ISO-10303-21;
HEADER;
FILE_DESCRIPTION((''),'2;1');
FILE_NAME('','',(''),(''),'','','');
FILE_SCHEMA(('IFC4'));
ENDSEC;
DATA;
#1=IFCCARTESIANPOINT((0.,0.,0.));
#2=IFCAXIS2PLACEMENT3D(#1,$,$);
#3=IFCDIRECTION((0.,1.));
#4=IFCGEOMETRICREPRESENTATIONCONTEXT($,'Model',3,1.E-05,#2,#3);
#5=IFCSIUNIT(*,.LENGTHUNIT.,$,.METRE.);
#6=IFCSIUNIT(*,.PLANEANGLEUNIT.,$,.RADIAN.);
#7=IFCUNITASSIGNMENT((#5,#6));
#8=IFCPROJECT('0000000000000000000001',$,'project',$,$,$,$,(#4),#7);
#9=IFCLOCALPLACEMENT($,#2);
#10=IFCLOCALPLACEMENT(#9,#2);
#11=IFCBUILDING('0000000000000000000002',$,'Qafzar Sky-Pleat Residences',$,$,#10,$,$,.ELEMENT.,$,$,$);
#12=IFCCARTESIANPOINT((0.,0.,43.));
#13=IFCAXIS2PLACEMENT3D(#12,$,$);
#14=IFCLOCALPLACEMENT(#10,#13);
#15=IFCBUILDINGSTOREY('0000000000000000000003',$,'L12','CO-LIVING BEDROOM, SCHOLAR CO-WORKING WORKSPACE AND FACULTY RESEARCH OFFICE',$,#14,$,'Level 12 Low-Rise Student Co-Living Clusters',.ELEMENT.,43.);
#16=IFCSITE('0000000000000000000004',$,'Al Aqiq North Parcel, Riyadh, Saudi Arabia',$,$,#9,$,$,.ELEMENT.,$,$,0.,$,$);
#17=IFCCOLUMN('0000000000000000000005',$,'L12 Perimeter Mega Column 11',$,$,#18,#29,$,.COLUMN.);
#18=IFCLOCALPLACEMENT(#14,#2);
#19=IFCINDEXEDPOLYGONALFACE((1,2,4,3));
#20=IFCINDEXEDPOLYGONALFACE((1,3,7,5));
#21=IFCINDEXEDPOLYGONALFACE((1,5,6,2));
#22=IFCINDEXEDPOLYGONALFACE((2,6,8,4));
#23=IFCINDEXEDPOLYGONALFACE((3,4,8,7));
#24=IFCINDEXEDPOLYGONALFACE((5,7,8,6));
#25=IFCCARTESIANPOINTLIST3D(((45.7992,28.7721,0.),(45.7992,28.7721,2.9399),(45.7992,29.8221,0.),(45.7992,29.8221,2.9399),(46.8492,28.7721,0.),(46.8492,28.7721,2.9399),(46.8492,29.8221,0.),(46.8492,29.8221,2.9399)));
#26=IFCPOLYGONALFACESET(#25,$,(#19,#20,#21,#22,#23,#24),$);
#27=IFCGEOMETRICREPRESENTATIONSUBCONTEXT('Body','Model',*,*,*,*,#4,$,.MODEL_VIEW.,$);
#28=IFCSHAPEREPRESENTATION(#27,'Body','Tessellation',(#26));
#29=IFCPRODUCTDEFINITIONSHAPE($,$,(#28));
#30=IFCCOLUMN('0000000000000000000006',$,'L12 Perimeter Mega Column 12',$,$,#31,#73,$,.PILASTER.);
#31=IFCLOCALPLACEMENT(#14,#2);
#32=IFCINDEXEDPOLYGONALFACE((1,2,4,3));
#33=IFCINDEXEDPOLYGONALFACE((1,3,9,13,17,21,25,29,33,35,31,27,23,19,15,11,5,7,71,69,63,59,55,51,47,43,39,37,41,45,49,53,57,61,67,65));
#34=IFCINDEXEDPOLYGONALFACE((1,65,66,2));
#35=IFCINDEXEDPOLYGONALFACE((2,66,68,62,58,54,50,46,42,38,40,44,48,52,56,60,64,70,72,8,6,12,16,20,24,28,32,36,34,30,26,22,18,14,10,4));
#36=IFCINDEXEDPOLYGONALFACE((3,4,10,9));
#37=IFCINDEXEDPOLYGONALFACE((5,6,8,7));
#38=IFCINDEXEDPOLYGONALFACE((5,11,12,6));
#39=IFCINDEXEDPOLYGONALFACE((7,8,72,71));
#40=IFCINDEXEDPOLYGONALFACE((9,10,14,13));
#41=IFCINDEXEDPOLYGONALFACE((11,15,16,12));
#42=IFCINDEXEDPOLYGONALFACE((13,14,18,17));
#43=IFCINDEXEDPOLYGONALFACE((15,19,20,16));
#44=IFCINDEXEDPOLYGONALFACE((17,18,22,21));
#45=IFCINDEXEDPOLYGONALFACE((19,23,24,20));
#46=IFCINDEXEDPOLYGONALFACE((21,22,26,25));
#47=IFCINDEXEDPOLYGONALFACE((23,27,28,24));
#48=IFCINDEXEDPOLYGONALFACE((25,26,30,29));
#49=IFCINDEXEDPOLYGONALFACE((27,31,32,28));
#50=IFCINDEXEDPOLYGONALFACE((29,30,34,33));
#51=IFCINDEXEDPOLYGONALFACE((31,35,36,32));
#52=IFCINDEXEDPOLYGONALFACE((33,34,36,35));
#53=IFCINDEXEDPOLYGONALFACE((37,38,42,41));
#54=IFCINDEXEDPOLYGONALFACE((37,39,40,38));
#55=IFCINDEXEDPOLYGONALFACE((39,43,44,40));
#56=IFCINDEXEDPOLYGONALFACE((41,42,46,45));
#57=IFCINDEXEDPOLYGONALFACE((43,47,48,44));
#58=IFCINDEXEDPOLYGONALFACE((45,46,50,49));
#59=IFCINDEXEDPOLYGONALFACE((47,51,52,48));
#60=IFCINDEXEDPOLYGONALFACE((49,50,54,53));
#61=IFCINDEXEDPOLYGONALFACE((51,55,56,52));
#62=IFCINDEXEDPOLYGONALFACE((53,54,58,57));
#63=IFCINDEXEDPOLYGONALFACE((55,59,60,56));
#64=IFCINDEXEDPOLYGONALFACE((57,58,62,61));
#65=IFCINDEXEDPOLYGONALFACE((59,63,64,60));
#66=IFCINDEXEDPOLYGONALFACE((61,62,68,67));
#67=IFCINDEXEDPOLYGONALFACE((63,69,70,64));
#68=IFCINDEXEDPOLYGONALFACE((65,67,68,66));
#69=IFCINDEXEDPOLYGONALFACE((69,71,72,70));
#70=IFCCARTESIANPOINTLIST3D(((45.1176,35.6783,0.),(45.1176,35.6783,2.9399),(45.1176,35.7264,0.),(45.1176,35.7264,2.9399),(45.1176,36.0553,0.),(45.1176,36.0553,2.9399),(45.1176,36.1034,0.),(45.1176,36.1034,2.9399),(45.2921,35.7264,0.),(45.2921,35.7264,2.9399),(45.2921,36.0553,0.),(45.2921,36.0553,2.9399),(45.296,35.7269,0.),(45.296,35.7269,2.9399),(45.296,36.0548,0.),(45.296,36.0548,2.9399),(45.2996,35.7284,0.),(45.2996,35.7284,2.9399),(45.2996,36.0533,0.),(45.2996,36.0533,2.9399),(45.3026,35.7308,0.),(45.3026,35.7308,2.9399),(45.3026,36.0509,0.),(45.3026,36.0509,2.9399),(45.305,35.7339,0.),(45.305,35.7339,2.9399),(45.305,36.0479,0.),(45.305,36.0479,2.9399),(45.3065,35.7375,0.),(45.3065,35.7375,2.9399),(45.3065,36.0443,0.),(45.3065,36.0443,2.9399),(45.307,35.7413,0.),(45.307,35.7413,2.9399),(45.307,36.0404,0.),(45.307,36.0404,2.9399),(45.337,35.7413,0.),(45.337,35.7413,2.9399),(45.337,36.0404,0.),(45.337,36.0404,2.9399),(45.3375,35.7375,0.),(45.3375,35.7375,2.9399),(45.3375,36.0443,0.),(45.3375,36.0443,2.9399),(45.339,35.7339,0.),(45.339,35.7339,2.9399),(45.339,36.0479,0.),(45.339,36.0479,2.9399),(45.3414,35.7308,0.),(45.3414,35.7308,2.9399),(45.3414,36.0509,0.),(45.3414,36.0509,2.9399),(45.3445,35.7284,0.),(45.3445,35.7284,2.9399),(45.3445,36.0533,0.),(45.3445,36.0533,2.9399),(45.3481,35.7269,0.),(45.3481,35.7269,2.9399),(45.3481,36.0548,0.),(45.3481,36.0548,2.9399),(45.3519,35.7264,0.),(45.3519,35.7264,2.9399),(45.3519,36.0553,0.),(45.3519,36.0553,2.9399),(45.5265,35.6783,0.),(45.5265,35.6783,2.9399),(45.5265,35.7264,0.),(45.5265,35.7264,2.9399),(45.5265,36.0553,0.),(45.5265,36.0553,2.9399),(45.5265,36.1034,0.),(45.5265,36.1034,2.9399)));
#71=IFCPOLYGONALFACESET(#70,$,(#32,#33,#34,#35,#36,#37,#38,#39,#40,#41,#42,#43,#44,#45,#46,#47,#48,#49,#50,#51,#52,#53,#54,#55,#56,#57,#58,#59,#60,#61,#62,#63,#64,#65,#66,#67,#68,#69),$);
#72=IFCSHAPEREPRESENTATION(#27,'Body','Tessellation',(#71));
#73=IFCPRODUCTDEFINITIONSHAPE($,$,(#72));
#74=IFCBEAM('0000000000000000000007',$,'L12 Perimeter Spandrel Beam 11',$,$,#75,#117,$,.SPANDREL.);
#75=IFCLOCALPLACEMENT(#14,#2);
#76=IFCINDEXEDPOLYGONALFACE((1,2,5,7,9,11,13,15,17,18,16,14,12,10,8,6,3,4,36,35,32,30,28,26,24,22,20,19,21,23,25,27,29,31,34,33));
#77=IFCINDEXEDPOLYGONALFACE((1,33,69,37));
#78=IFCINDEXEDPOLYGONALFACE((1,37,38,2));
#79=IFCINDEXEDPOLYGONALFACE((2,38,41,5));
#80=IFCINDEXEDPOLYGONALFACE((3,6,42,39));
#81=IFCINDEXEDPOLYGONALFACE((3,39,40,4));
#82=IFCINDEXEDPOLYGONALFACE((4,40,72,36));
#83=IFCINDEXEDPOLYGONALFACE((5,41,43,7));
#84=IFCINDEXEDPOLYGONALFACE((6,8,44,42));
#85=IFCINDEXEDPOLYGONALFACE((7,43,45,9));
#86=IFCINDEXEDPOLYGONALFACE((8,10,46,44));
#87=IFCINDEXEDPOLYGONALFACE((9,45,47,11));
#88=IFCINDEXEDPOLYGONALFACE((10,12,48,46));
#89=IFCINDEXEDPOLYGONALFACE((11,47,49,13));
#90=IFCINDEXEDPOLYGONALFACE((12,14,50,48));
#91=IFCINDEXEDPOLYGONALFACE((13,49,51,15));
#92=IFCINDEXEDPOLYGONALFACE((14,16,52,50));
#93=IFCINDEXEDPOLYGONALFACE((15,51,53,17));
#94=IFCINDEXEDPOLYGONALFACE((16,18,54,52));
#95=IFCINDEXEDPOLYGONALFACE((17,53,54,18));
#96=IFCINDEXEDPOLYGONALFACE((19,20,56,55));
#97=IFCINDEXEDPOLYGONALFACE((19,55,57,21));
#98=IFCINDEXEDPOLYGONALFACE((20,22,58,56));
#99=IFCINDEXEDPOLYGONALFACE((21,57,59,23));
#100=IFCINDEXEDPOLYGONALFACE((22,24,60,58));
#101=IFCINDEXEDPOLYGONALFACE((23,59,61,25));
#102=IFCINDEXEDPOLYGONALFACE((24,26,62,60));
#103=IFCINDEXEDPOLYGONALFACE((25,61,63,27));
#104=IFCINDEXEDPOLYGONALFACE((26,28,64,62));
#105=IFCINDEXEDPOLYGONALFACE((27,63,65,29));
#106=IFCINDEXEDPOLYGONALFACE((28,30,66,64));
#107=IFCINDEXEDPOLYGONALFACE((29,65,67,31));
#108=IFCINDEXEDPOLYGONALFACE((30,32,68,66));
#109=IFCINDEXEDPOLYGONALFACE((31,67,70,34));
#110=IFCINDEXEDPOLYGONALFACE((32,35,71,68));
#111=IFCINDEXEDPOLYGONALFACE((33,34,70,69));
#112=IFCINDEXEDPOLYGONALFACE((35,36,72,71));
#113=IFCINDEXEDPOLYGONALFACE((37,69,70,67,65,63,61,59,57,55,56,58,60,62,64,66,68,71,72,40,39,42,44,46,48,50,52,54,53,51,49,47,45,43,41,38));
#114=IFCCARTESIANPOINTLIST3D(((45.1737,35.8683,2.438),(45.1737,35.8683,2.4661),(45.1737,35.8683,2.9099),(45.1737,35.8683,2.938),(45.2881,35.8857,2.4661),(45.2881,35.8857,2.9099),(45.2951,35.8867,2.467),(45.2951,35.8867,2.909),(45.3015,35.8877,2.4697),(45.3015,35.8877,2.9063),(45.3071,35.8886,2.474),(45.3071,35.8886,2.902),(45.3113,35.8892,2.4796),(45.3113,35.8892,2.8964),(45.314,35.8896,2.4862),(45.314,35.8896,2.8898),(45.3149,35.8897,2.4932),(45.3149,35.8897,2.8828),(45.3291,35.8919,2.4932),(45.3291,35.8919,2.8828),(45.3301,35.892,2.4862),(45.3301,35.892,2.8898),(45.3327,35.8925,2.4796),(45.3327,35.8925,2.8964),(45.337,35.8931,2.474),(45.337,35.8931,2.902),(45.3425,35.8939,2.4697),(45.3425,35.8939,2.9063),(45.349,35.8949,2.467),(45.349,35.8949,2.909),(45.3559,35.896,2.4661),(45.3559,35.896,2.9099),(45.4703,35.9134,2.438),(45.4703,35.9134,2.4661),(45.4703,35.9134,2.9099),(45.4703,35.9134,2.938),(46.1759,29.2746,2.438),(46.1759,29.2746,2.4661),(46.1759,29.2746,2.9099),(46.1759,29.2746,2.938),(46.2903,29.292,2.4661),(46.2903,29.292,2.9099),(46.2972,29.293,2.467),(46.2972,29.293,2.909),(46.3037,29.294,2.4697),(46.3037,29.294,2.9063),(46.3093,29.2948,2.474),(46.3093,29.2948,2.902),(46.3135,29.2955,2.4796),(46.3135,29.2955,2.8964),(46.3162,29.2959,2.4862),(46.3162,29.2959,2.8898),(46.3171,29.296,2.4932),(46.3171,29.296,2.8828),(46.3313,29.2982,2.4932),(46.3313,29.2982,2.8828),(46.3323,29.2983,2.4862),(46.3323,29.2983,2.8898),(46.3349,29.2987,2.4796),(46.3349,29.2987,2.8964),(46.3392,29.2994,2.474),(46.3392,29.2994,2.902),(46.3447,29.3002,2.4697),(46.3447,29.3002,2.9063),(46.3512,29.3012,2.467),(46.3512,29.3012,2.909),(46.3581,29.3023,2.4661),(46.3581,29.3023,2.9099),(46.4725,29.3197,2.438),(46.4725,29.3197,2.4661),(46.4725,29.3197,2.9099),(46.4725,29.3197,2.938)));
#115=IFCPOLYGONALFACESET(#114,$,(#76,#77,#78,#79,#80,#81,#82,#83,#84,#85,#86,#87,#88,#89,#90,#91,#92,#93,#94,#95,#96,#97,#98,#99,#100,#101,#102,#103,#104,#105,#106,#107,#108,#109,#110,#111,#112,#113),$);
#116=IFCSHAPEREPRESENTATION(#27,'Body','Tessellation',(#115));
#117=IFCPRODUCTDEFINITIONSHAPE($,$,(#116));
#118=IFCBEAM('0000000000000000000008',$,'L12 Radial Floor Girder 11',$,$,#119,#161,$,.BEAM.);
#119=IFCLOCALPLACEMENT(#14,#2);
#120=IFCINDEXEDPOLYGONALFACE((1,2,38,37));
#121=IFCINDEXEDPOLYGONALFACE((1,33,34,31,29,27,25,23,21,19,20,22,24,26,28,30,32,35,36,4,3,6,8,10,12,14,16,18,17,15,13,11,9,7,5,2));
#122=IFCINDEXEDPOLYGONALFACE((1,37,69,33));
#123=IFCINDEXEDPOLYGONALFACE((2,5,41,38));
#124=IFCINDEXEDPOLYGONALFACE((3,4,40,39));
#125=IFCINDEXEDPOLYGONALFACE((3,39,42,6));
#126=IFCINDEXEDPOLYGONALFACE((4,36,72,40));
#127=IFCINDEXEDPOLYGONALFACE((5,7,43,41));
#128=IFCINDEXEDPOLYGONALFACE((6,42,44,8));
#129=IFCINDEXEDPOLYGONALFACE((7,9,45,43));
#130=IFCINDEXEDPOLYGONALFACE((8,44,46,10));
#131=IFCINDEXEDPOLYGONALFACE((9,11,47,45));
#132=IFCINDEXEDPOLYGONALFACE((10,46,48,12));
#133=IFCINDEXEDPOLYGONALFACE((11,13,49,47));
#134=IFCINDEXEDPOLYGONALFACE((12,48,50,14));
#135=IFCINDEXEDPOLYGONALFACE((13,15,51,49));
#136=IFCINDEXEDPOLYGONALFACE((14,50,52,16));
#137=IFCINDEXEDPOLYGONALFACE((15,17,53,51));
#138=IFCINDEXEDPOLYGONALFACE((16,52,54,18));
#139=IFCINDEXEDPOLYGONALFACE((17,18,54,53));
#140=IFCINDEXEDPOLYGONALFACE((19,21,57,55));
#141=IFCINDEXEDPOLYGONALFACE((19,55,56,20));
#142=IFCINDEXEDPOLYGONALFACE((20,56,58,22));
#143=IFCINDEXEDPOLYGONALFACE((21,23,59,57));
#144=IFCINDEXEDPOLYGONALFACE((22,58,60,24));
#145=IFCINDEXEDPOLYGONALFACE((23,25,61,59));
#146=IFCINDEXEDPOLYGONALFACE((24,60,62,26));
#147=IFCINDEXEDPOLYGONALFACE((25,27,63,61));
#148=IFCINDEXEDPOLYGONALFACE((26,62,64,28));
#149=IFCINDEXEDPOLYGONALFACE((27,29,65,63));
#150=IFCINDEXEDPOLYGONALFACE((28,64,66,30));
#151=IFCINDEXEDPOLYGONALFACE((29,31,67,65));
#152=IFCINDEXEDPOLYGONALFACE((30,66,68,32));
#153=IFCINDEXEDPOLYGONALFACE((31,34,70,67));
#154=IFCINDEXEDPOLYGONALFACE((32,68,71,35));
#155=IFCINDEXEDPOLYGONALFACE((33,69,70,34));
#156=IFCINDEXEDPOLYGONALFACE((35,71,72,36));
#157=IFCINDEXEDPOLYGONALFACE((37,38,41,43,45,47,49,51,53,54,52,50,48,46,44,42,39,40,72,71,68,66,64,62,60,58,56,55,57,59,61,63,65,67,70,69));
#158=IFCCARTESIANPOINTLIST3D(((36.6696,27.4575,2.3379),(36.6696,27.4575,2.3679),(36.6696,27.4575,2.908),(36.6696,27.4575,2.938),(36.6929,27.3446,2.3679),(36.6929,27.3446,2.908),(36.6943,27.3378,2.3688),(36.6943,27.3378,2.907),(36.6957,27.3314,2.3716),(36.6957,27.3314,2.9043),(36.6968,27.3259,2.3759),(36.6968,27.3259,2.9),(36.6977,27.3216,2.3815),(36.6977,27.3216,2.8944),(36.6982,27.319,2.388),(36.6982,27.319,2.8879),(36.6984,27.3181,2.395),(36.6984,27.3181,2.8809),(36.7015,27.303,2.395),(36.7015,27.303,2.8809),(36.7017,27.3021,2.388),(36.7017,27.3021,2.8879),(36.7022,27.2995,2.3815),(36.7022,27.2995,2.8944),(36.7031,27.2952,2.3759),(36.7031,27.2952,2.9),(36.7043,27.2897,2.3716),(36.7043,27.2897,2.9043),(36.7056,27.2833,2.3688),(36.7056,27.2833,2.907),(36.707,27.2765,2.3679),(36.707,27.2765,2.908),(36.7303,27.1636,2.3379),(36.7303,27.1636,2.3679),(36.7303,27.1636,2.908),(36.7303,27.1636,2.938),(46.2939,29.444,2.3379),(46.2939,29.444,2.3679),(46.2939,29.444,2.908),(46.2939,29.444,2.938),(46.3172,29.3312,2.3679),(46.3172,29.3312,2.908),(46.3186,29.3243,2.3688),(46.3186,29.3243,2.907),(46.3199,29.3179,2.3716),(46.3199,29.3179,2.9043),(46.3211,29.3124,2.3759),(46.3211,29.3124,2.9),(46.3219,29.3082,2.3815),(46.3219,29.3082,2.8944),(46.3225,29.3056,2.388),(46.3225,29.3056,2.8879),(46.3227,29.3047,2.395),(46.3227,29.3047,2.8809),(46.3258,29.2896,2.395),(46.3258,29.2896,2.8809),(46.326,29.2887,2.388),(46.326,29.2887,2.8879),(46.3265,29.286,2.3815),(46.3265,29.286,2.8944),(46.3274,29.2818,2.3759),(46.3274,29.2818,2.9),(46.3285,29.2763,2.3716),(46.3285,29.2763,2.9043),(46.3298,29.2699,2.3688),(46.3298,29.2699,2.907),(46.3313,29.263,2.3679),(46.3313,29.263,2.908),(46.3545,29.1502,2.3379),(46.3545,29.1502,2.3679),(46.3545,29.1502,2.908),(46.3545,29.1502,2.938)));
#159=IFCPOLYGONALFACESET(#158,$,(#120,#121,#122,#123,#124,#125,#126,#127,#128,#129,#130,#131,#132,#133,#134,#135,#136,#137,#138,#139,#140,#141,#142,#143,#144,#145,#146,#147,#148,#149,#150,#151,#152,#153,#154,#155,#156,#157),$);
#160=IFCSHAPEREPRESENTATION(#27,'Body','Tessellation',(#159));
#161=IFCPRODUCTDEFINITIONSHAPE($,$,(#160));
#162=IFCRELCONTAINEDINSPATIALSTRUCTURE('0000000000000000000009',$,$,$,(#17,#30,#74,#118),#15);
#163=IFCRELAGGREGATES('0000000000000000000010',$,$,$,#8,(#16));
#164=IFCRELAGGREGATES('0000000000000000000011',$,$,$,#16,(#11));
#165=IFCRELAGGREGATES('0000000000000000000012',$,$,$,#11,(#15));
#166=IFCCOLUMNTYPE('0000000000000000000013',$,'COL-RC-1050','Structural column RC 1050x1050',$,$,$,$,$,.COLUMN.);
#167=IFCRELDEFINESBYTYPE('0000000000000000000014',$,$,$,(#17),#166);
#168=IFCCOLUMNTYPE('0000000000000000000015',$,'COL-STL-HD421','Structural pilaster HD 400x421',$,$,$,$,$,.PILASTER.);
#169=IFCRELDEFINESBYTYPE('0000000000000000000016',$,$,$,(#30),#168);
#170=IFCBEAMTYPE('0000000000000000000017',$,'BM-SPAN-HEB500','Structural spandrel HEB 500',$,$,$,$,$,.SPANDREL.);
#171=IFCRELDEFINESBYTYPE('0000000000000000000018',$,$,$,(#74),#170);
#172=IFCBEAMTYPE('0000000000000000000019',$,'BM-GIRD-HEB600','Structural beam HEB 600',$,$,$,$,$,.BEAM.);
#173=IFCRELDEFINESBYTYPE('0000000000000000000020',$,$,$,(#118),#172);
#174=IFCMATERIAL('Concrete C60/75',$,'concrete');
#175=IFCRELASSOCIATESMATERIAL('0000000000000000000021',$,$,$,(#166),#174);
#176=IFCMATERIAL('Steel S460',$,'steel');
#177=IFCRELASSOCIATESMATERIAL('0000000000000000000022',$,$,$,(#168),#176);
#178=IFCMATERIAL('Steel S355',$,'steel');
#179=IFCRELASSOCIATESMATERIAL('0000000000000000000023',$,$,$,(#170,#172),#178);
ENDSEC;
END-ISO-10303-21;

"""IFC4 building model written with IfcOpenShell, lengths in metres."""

from ifc_helpers import new_model, si_unit, direction, frame, origin, origin_2d, place, context, subcontext, project, spatial, rectangle, i_section, extrude, source, transform, mapped, material, material_profile, profile_set, type_object, element, save


model = new_model("IFC4")

# Units and contexts
model_context = context("Model", 3, precision=1e-05, world=origin(), true_north=direction((0.0, 1.0)))
body_context = subcontext(model_context, "Body", "Model", "MODEL_VIEW")
ifc_project = project(units=[si_unit("LENGTHUNIT", "METRE"), si_unit("PLANEANGLEUNIT", "RADIAN")], contexts=[model_context])

# Site, building, storey
site_placement = place(None, origin())
site = spatial("IfcSite", under=ifc_project, at=site_placement, Name="Al Aqiq North Parcel, Riyadh, Saudi Arabia", CompositionType="ELEMENT", RefElevation=0.0)
building_placement = place(site_placement, origin())
building = spatial("IfcBuilding", under=site, at=building_placement, Name="Qafzar Sky-Pleat Residences", CompositionType="ELEMENT")
storey_placement = place(building_placement, frame((0.0, 0.0, 43.0)))
storey = spatial("IfcBuildingStorey", under=building, at=storey_placement, Name="L12", Description="CO-LIVING BEDROOM, SCHOLAR CO-WORKING WORKSPACE AND FACULTY RESEARCH OFFICE", LongName="Level 12 Low-Rise Student Co-Living Clusters", CompositionType="ELEMENT", Elevation=43.0)

# Columns
ifc_material_1 = material(Name="Concrete C60/75", Category="concrete")
ifc_material_profile_1 = material_profile(ifc_material_1, rectangle(XDim=1.05, YDim=1.05, at=origin_2d()), Name="RC 1050x1050")
ifc_profile_set_1 = profile_set([ifc_material_profile_1], Name="Concrete C60/75")
column_type_1 = type_object("IfcColumnType", Name="COL-RC-1050", Description="Structural column RC 1050x1050", PredefinedType="COLUMN", material=ifc_profile_set_1)
shared_shape_1 = source(origin(), body_context, "Body", "SweptSolid", [
    extrude(rectangle(XDim=1.05, YDim=1.05, at=origin_2d()), origin(), (0.0, 0.0, 1.0), 2.9399),
])
column_1_placement = place(storey_placement, frame((46.3242, 29.2971, 0.0), z_axis=(0.0, 0.0, 1.0), x_axis=(1.0, 0.0, 0.0)))
element("IfcColumn", 1, at=column_1_placement, inside=storey, type_object=column_type_1, Name="L12 Perimeter Mega Column 11", PredefinedType="COLUMN", context=body_context, shape_type="MappedRepresentation", body=[
    mapped(shared_shape_1, transform((0.0, 0.0, 0.0), x_axis=(1.0, 0.0, 0.0), y_axis=(0.0, 1.0, 0.0), z_axis=(0.0, 0.0, 1.0), scale=1.0)),
])
ifc_material_2 = material(Name="Steel S460", Category="steel")
ifc_material_profile_2 = material_profile(ifc_material_2, i_section(OverallWidth=0.4089, OverallDepth=0.425, WebThickness=0.03, FlangeThickness=0.0481, FilletRadius=0.0149, at=origin_2d()), Name="HD 400x421")
ifc_profile_set_2 = profile_set([ifc_material_profile_2], Name="Steel S460")
column_type_2 = type_object("IfcColumnType", Name="COL-STL-HD421", Description="Structural pilaster HD 400x421", PredefinedType="PILASTER", material=ifc_profile_set_2)
shared_shape_2 = source(origin(), body_context, "Body", "SweptSolid", [
    extrude(i_section(OverallWidth=0.4089, OverallDepth=0.425, WebThickness=0.03, FlangeThickness=0.0481, FilletRadius=0.0149, at=origin_2d()), origin(), (0.0, 0.0, 1.0), 2.9399),
])
column_2_placement = place(storey_placement, frame((45.322, 35.8909, 0.0), z_axis=(0.0, 0.0, 1.0), x_axis=(1.0, 0.0, 0.0)))
element("IfcColumn", 2, at=column_2_placement, inside=storey, type_object=column_type_2, Name="L12 Perimeter Mega Column 12", PredefinedType="PILASTER", context=body_context, shape_type="MappedRepresentation", body=[
    mapped(shared_shape_2, transform((0.0, 0.0, 0.0), x_axis=(1.0, 0.0, 0.0), y_axis=(0.0, 1.0, 0.0), z_axis=(0.0, 0.0, 1.0), scale=1.0)),
])

# Beams
ifc_material_3 = material(Name="Steel S355", Category="steel")
ifc_material_profile_3 = material_profile(ifc_material_3, i_section(OverallWidth=0.3, OverallDepth=0.5, WebThickness=0.0144, FlangeThickness=0.0281, FilletRadius=0.0271, at=origin_2d()), Name="HEB 500")
ifc_profile_set_3 = profile_set([ifc_material_profile_3], Name="Steel S355")
beam_type_1 = type_object("IfcBeamType", Name="BM-SPAN-HEB500", Description="Structural spandrel HEB 500", PredefinedType="SPANDREL", material=ifc_profile_set_3)
shared_shape_3 = source(origin(), body_context, "Body", "SweptSolid", [
    extrude(i_section(OverallWidth=0.3, OverallDepth=0.5, WebThickness=0.0144, FlangeThickness=0.0281, FilletRadius=0.0271, at=origin_2d()), origin(), (0.0, 0.0, 1.0), 6.6694),
])
beam_1_placement = place(storey_placement, frame((46.3242, 29.2971, 2.688), z_axis=(-0.150266, 0.988646, 0.0), x_axis=(-0.988646, -0.150266, 0.0)))
element("IfcBeam", 3, at=beam_1_placement, inside=storey, type_object=beam_type_1, Name="L12 Perimeter Spandrel Beam 11", PredefinedType="SPANDREL", context=body_context, shape_type="MappedRepresentation", body=[
    mapped(shared_shape_3, transform((0.0, 0.0, 0.0), x_axis=(1.0, 0.0, 0.0), y_axis=(0.0, 1.0, 0.0), z_axis=(0.0, 0.0, 1.0), scale=1.0)),
])
ifc_material_profile_4 = material_profile(ifc_material_3, i_section(OverallWidth=0.3, OverallDepth=0.6001, WebThickness=0.0154, FlangeThickness=0.03, FilletRadius=0.0271, at=origin_2d()), Name="HEB 600")
ifc_profile_set_4 = profile_set([ifc_material_profile_4], Name="Steel S355")
beam_type_2 = type_object("IfcBeamType", Name="BM-GIRD-HEB600", Description="Structural beam HEB 600", PredefinedType="BEAM", material=ifc_profile_set_4)
shared_shape_4 = source(origin(), body_context, "Body", "SweptSolid", [
    extrude(i_section(OverallWidth=0.3, OverallDepth=0.6001, WebThickness=0.0154, FlangeThickness=0.03, FilletRadius=0.0271, at=origin_2d()), origin(), (0.0, 0.0, 1.0), 9.8271),
])
beam_2_placement = place(storey_placement, frame((46.3242, 29.2971, 2.6379), z_axis=(-0.979354, -0.202151, 0.0), x_axis=(0.202151, -0.979354, 0.0)))
element("IfcBeam", 4, at=beam_2_placement, inside=storey, type_object=beam_type_2, Name="L12 Radial Floor Girder 11", PredefinedType="BEAM", context=body_context, shape_type="MappedRepresentation", body=[
    mapped(shared_shape_4, transform((0.0, 0.0, 0.0), x_axis=(1.0, 0.0, 0.0), y_axis=(0.0, 1.0, 0.0), z_axis=(0.0, 0.0, 1.0), scale=1.0)),
])

save(model, "model.ifc")
